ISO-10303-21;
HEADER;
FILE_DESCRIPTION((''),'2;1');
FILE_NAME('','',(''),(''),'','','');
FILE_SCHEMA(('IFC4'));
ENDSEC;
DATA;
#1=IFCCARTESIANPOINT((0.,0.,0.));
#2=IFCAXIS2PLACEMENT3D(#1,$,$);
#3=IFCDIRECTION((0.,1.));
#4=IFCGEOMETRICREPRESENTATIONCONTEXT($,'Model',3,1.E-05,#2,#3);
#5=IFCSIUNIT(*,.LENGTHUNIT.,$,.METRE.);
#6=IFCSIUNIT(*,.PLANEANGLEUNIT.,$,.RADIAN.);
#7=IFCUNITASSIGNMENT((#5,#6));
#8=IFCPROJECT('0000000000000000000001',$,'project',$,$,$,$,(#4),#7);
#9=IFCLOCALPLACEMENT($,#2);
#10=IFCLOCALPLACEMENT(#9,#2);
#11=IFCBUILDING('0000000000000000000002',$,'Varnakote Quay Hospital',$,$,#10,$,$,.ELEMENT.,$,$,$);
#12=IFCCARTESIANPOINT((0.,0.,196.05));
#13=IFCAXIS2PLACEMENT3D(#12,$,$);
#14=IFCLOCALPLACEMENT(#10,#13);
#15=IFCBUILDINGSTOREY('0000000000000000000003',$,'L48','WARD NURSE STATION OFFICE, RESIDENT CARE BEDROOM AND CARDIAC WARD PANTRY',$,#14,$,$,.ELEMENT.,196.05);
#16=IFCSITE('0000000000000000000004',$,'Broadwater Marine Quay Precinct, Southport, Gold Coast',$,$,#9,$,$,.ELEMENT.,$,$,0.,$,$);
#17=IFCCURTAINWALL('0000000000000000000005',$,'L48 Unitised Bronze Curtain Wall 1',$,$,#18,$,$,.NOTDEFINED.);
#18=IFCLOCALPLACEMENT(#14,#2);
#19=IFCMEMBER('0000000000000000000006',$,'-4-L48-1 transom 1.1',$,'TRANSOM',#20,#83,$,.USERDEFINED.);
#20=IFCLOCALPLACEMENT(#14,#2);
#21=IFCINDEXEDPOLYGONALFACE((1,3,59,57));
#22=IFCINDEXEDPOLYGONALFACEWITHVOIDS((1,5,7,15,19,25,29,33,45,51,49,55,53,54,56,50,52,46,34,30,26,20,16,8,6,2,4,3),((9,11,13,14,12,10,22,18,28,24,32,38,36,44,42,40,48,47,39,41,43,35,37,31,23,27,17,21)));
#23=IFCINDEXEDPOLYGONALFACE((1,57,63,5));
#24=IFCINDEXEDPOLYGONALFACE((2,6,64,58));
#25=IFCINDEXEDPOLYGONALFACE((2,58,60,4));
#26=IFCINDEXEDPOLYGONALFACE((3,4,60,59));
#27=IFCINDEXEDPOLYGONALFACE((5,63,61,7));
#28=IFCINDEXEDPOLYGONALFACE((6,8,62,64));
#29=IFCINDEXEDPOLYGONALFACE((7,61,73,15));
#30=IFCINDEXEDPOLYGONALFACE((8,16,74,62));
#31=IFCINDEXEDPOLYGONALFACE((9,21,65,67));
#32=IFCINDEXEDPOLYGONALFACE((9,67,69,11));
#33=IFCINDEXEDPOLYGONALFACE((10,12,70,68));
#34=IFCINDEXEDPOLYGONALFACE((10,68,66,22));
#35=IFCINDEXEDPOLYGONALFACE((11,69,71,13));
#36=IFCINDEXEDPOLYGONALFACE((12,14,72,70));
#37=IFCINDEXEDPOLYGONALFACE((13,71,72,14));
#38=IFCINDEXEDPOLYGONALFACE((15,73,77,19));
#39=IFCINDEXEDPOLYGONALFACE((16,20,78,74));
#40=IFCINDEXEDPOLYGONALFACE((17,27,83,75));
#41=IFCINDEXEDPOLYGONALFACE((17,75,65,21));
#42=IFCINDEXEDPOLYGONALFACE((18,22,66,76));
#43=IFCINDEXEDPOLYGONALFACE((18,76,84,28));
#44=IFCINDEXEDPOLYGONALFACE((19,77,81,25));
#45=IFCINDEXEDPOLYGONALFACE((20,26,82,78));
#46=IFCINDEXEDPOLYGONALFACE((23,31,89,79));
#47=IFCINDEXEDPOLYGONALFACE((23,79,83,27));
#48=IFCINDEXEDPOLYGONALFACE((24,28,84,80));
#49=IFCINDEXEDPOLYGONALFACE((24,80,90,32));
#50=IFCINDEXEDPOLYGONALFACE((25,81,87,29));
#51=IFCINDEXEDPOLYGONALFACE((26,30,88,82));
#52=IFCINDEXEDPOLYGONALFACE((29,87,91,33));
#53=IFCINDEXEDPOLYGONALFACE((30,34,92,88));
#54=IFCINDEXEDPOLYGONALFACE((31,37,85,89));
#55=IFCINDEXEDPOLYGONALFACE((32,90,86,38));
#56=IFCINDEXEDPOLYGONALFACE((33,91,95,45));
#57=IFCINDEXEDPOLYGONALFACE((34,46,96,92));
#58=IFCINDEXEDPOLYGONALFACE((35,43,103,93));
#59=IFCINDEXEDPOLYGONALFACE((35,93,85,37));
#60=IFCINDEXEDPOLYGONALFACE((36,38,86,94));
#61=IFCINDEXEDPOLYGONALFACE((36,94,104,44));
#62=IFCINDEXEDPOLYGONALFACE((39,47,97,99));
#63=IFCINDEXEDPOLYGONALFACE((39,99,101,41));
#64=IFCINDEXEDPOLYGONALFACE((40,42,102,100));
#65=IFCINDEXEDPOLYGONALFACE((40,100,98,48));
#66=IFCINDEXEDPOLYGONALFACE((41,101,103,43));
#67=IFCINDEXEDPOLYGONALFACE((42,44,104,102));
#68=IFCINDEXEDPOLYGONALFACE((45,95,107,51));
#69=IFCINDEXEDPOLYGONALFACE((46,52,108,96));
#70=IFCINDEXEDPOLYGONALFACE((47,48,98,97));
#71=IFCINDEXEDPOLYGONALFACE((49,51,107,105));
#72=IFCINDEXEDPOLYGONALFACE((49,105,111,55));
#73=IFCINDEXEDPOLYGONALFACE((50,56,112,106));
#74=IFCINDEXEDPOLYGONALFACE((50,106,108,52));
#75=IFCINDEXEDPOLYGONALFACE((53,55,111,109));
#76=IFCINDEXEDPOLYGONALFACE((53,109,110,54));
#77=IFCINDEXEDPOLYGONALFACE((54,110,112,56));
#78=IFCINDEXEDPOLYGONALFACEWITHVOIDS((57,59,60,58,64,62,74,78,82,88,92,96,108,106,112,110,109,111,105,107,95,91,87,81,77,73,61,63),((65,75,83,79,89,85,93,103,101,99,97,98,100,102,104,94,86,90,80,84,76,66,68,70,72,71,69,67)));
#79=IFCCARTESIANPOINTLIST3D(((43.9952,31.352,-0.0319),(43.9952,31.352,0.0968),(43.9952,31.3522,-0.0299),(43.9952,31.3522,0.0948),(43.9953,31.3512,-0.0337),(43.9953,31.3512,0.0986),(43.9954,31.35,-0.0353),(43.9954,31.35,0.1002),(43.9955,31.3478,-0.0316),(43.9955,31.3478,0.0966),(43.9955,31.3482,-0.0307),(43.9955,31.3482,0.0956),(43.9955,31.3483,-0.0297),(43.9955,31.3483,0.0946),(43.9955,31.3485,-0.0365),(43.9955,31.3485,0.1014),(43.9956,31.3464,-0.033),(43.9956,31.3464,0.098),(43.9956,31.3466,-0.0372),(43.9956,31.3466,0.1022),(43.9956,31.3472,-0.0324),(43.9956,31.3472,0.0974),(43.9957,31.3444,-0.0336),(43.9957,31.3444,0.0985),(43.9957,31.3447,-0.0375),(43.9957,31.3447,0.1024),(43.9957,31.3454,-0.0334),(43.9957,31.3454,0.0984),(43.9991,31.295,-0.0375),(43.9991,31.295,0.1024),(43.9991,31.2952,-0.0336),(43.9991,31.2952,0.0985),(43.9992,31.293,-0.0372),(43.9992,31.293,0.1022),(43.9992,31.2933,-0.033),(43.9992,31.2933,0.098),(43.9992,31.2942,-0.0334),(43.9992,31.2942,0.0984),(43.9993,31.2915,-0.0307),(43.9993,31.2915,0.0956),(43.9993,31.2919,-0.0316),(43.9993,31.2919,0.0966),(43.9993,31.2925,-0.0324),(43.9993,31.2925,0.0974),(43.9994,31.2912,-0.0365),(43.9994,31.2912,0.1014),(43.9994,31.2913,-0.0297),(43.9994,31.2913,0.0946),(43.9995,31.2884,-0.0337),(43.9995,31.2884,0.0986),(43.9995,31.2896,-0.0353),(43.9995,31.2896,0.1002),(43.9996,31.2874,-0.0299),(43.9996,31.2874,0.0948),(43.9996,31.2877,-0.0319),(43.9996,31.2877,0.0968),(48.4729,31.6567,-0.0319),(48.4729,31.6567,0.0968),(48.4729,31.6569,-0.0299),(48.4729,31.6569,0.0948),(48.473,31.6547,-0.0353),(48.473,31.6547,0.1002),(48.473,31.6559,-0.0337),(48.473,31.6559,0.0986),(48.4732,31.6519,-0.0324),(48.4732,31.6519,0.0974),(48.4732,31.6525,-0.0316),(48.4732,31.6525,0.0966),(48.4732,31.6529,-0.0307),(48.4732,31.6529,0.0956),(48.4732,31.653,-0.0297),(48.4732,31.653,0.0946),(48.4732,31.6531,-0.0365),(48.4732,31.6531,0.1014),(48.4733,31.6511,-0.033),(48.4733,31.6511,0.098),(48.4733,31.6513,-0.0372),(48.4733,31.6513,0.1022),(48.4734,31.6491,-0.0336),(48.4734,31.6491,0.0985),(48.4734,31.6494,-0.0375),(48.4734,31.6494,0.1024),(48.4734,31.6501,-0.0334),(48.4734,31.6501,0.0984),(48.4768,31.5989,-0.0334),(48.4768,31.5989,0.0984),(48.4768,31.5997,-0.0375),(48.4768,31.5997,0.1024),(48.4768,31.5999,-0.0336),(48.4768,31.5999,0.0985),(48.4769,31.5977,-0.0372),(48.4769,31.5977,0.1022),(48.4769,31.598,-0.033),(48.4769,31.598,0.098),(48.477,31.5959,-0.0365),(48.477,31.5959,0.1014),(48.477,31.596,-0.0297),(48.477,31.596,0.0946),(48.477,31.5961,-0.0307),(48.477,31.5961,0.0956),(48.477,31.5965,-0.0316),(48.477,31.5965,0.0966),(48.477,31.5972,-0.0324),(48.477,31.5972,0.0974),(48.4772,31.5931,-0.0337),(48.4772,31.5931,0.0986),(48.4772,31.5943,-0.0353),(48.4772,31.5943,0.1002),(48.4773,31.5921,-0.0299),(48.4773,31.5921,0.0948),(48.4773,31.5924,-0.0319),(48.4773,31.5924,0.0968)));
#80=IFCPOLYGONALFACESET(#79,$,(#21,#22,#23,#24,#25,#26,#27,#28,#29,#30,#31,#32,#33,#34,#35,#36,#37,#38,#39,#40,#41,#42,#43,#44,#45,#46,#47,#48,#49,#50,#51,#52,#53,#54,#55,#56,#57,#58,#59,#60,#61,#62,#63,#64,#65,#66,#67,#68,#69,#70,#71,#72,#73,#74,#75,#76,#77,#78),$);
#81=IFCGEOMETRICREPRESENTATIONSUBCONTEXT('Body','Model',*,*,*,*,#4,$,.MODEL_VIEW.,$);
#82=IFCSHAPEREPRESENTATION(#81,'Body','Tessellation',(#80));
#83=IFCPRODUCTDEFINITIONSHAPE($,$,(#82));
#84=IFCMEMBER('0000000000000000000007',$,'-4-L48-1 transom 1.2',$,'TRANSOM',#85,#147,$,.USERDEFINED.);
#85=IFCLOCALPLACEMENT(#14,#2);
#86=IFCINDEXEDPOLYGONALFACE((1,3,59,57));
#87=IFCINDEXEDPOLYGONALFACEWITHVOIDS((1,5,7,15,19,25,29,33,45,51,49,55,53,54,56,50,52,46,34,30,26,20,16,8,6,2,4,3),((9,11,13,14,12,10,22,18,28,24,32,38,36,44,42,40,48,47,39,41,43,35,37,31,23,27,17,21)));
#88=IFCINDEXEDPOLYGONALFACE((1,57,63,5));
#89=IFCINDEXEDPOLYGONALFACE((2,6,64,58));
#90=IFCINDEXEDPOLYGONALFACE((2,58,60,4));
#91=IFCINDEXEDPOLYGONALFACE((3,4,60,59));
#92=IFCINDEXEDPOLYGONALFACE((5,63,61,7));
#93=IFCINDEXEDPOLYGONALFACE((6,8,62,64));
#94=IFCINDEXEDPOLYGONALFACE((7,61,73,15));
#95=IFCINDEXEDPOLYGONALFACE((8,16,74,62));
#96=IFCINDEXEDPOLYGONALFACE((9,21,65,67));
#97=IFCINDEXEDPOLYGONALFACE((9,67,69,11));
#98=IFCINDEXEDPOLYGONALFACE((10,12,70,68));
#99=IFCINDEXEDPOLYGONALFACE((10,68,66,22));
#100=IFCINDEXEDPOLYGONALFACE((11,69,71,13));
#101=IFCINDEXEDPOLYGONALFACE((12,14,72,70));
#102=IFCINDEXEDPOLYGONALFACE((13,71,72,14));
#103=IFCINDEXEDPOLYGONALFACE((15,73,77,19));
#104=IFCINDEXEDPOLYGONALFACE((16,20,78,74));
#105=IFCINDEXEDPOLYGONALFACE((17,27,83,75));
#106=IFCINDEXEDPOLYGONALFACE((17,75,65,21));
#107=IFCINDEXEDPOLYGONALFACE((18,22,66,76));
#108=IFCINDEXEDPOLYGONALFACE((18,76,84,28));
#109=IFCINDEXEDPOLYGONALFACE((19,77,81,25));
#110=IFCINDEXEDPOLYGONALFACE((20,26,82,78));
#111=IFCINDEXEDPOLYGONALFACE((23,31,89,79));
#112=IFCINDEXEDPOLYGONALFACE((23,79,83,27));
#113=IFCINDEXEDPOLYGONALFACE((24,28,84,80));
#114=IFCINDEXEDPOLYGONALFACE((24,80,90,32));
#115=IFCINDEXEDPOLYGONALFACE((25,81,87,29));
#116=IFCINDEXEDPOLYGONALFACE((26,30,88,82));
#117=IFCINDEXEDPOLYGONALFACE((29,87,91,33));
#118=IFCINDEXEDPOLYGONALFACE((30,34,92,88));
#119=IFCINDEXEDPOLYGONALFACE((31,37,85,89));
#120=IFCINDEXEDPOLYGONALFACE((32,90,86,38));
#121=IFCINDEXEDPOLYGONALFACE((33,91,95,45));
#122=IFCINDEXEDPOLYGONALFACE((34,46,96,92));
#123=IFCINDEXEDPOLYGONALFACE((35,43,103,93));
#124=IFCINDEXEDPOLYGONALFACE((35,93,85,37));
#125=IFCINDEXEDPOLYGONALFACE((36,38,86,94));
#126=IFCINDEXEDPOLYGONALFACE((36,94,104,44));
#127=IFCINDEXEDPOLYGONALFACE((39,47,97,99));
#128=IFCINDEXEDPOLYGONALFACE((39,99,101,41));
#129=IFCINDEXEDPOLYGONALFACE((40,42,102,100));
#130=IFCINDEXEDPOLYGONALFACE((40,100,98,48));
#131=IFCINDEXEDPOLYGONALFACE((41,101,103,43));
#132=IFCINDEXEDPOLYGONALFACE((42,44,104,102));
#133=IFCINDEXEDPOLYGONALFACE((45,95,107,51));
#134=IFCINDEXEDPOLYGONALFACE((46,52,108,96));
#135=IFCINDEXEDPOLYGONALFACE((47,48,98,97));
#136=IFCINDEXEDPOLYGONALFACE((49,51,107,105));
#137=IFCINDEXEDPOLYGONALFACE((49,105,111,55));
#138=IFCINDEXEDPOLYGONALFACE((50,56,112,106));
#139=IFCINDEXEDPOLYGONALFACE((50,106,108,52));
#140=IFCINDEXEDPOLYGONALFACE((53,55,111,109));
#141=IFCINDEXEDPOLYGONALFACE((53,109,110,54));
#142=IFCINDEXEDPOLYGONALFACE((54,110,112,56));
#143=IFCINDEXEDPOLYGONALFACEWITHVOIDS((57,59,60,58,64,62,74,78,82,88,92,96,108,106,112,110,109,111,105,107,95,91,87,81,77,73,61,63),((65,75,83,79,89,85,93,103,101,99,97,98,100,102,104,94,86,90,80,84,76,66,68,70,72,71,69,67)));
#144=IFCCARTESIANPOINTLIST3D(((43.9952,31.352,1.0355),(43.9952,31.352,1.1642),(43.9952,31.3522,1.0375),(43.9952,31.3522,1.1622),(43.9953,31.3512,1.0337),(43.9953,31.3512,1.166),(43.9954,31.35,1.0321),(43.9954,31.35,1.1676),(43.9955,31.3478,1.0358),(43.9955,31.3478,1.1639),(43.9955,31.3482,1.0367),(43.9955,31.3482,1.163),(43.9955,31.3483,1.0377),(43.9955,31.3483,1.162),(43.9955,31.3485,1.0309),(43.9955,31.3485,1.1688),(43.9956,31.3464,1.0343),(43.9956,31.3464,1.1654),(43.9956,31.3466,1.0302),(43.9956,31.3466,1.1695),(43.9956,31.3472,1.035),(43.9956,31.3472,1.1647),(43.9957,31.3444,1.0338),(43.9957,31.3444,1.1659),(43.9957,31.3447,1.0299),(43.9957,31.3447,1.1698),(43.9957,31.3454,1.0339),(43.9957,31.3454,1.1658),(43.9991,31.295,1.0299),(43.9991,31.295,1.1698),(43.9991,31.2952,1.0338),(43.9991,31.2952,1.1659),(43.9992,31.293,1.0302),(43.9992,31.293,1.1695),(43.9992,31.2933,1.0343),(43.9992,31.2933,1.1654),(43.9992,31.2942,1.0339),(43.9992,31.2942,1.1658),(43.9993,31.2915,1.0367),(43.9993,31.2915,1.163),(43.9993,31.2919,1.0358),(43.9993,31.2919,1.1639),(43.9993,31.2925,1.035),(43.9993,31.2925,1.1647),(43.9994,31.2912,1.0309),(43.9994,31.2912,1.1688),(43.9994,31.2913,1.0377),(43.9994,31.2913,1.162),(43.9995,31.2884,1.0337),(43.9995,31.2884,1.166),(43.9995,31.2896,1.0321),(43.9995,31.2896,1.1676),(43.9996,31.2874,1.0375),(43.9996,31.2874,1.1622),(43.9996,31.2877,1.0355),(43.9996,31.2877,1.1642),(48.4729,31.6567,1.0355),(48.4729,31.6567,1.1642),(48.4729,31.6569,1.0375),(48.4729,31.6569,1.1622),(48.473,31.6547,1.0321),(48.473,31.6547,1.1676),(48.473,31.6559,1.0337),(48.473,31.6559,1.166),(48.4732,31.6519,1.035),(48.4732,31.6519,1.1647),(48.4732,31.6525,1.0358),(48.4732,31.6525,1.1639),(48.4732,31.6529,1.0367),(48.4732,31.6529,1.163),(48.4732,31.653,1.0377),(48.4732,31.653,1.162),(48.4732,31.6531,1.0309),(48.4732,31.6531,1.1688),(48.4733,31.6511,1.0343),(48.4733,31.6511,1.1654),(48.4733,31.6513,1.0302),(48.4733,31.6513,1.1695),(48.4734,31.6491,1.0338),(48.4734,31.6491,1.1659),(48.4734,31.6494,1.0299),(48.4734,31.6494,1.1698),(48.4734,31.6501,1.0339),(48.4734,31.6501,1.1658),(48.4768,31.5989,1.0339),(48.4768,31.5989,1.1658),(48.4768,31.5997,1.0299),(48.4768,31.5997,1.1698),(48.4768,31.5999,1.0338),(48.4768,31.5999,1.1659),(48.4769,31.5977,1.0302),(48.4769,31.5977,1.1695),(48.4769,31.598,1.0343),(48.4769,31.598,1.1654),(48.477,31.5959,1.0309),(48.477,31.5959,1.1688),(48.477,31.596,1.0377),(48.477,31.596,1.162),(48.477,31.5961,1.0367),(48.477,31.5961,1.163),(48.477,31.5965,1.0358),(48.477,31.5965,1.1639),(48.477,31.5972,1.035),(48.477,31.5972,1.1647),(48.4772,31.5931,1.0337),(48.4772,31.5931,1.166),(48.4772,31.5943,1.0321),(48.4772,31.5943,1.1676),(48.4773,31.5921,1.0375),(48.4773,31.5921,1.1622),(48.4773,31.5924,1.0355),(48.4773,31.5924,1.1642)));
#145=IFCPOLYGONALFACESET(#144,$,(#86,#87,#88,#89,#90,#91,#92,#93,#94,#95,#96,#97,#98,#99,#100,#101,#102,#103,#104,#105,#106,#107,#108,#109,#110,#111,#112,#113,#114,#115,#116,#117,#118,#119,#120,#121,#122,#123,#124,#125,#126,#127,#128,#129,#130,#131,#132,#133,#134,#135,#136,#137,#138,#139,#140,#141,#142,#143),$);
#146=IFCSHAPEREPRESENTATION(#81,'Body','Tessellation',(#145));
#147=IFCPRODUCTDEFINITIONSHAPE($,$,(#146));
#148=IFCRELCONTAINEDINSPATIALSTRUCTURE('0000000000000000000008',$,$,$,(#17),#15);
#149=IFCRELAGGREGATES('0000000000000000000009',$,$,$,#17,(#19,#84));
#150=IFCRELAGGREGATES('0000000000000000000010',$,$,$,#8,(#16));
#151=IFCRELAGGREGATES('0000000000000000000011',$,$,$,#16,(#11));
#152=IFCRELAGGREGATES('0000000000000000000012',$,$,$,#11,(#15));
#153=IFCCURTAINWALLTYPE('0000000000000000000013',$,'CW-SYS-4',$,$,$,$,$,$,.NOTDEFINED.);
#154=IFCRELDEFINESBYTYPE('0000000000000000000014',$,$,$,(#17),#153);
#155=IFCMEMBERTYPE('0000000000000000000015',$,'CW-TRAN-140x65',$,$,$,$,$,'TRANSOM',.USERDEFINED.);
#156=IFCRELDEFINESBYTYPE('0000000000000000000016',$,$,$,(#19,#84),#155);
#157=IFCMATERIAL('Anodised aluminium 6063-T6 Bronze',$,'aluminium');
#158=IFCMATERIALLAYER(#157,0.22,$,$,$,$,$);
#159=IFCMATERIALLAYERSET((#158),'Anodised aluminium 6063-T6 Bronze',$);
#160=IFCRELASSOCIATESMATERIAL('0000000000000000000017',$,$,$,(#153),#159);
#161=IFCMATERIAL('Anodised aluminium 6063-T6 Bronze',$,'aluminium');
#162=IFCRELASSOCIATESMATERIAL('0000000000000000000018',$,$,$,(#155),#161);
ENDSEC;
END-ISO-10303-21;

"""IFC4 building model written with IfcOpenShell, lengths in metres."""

from ifc_helpers import new_model, si_unit, direction, frame, origin, origin_2d, place, context, subcontext, project, spatial, hollow_rectangle, extrude, material, layer, layer_set, material_profile, profile_set, type_object, element, aggregate, save


model = new_model("IFC4")

# Units and contexts
model_context = context("Model", 3, precision=1e-05, world=origin(), true_north=direction((0.0, 1.0)))
body_context = subcontext(model_context, "Body", "Model", "MODEL_VIEW")
ifc_project = project(units=[si_unit("LENGTHUNIT", "METRE"), si_unit("PLANEANGLEUNIT", "RADIAN")], contexts=[model_context])

# Site, building, storey
site_placement = place(None, origin())
site = spatial("IfcSite", under=ifc_project, at=site_placement, Name="Broadwater Marine Quay Precinct, Southport, Gold Coast", CompositionType="ELEMENT", RefElevation=0.0)
building_placement = place(site_placement, origin())
building = spatial("IfcBuilding", under=site, at=building_placement, Name="Varnakote Quay Hospital", CompositionType="ELEMENT")
storey_placement = place(building_placement, frame((0.0, 0.0, 196.05)))
storey = spatial("IfcBuildingStorey", under=building, at=storey_placement, Name="L48", Description="WARD NURSE STATION OFFICE, RESIDENT CARE BEDROOM AND CARDIAC WARD PANTRY", CompositionType="ELEMENT", Elevation=196.05)

# Curtain wall, members
ifc_material_1 = material(Name="Anodised aluminium 6063-T6 Bronze", Category="aluminium")
ifc_layer_1 = layer(ifc_material_1, 0.22)
ifc_layer_set_1 = layer_set([ifc_layer_1], Name="Anodised aluminium 6063-T6 Bronze")
curtain_wall_type = type_object("IfcCurtainWallType", Name="CW-SYS-4", PredefinedType="NOTDEFINED", material=ifc_layer_set_1)
curtain_wall_placement = place(storey_placement, origin())
curtain_wall = element("IfcCurtainWall", 1, at=curtain_wall_placement, inside=storey, type_object=curtain_wall_type, Name="L48 Unitised Bronze Curtain Wall 1", PredefinedType="NOTDEFINED")
ifc_material_2 = material(Name="Anodised aluminium 6063-T6 Bronze", Category="aluminium")
ifc_material_profile_1 = material_profile(ifc_material_2, hollow_rectangle(XDim=0.0649, YDim=0.1399, WallThickness=0.0039, InnerFilletRadius=0.0039, OuterFilletRadius=0.0076, at=origin_2d()), Name="CW-TRAN-140x65")
ifc_profile_set_1 = profile_set([ifc_material_profile_1], Name="Anodised aluminium 6063-T6 Bronze")
member_type_1 = type_object("IfcMemberType", Name="CW-TRAN-140x65", ElementType="TRANSOM", PredefinedType="USERDEFINED", material=ifc_profile_set_1)
member_1_placement = place(storey_placement, frame((48.4751, 31.6245, 0.0325), z_axis=(-0.997693, -0.067887, 0.0), x_axis=(0.067887, -0.997693, 0.0)))
member_1 = element("IfcMember", 2, at=member_1_placement, type_object=member_type_1, Name="-4-L48-1 transom 1.1", ObjectType="TRANSOM", PredefinedType="USERDEFINED", context=body_context, shape_type="SweptSolid", body=[
    extrude(hollow_rectangle(XDim=0.0649, YDim=0.1399, WallThickness=0.0039, InnerFilletRadius=0.0039, OuterFilletRadius=0.0076, at=origin_2d()), origin(), (0.0, 0.0, 1.0), 4.488),
])
member_2_placement = place(storey_placement, frame((48.4751, 31.6245, 1.0999), z_axis=(-0.997693, -0.067887, 0.0), x_axis=(0.067887, -0.997693, 0.0)))
member_2 = element("IfcMember", 3, at=member_2_placement, type_object=member_type_1, Name="-4-L48-1 transom 1.2", ObjectType="TRANSOM", PredefinedType="USERDEFINED", context=body_context, shape_type="SweptSolid", body=[
    extrude(hollow_rectangle(XDim=0.0649, YDim=0.1399, WallThickness=0.0039, InnerFilletRadius=0.0039, OuterFilletRadius=0.0076, at=origin_2d()), origin(), (0.0, 0.0, 1.0), 4.488),
])
aggregate(curtain_wall, [member_1, member_2])

save(model, "model.ifc")
